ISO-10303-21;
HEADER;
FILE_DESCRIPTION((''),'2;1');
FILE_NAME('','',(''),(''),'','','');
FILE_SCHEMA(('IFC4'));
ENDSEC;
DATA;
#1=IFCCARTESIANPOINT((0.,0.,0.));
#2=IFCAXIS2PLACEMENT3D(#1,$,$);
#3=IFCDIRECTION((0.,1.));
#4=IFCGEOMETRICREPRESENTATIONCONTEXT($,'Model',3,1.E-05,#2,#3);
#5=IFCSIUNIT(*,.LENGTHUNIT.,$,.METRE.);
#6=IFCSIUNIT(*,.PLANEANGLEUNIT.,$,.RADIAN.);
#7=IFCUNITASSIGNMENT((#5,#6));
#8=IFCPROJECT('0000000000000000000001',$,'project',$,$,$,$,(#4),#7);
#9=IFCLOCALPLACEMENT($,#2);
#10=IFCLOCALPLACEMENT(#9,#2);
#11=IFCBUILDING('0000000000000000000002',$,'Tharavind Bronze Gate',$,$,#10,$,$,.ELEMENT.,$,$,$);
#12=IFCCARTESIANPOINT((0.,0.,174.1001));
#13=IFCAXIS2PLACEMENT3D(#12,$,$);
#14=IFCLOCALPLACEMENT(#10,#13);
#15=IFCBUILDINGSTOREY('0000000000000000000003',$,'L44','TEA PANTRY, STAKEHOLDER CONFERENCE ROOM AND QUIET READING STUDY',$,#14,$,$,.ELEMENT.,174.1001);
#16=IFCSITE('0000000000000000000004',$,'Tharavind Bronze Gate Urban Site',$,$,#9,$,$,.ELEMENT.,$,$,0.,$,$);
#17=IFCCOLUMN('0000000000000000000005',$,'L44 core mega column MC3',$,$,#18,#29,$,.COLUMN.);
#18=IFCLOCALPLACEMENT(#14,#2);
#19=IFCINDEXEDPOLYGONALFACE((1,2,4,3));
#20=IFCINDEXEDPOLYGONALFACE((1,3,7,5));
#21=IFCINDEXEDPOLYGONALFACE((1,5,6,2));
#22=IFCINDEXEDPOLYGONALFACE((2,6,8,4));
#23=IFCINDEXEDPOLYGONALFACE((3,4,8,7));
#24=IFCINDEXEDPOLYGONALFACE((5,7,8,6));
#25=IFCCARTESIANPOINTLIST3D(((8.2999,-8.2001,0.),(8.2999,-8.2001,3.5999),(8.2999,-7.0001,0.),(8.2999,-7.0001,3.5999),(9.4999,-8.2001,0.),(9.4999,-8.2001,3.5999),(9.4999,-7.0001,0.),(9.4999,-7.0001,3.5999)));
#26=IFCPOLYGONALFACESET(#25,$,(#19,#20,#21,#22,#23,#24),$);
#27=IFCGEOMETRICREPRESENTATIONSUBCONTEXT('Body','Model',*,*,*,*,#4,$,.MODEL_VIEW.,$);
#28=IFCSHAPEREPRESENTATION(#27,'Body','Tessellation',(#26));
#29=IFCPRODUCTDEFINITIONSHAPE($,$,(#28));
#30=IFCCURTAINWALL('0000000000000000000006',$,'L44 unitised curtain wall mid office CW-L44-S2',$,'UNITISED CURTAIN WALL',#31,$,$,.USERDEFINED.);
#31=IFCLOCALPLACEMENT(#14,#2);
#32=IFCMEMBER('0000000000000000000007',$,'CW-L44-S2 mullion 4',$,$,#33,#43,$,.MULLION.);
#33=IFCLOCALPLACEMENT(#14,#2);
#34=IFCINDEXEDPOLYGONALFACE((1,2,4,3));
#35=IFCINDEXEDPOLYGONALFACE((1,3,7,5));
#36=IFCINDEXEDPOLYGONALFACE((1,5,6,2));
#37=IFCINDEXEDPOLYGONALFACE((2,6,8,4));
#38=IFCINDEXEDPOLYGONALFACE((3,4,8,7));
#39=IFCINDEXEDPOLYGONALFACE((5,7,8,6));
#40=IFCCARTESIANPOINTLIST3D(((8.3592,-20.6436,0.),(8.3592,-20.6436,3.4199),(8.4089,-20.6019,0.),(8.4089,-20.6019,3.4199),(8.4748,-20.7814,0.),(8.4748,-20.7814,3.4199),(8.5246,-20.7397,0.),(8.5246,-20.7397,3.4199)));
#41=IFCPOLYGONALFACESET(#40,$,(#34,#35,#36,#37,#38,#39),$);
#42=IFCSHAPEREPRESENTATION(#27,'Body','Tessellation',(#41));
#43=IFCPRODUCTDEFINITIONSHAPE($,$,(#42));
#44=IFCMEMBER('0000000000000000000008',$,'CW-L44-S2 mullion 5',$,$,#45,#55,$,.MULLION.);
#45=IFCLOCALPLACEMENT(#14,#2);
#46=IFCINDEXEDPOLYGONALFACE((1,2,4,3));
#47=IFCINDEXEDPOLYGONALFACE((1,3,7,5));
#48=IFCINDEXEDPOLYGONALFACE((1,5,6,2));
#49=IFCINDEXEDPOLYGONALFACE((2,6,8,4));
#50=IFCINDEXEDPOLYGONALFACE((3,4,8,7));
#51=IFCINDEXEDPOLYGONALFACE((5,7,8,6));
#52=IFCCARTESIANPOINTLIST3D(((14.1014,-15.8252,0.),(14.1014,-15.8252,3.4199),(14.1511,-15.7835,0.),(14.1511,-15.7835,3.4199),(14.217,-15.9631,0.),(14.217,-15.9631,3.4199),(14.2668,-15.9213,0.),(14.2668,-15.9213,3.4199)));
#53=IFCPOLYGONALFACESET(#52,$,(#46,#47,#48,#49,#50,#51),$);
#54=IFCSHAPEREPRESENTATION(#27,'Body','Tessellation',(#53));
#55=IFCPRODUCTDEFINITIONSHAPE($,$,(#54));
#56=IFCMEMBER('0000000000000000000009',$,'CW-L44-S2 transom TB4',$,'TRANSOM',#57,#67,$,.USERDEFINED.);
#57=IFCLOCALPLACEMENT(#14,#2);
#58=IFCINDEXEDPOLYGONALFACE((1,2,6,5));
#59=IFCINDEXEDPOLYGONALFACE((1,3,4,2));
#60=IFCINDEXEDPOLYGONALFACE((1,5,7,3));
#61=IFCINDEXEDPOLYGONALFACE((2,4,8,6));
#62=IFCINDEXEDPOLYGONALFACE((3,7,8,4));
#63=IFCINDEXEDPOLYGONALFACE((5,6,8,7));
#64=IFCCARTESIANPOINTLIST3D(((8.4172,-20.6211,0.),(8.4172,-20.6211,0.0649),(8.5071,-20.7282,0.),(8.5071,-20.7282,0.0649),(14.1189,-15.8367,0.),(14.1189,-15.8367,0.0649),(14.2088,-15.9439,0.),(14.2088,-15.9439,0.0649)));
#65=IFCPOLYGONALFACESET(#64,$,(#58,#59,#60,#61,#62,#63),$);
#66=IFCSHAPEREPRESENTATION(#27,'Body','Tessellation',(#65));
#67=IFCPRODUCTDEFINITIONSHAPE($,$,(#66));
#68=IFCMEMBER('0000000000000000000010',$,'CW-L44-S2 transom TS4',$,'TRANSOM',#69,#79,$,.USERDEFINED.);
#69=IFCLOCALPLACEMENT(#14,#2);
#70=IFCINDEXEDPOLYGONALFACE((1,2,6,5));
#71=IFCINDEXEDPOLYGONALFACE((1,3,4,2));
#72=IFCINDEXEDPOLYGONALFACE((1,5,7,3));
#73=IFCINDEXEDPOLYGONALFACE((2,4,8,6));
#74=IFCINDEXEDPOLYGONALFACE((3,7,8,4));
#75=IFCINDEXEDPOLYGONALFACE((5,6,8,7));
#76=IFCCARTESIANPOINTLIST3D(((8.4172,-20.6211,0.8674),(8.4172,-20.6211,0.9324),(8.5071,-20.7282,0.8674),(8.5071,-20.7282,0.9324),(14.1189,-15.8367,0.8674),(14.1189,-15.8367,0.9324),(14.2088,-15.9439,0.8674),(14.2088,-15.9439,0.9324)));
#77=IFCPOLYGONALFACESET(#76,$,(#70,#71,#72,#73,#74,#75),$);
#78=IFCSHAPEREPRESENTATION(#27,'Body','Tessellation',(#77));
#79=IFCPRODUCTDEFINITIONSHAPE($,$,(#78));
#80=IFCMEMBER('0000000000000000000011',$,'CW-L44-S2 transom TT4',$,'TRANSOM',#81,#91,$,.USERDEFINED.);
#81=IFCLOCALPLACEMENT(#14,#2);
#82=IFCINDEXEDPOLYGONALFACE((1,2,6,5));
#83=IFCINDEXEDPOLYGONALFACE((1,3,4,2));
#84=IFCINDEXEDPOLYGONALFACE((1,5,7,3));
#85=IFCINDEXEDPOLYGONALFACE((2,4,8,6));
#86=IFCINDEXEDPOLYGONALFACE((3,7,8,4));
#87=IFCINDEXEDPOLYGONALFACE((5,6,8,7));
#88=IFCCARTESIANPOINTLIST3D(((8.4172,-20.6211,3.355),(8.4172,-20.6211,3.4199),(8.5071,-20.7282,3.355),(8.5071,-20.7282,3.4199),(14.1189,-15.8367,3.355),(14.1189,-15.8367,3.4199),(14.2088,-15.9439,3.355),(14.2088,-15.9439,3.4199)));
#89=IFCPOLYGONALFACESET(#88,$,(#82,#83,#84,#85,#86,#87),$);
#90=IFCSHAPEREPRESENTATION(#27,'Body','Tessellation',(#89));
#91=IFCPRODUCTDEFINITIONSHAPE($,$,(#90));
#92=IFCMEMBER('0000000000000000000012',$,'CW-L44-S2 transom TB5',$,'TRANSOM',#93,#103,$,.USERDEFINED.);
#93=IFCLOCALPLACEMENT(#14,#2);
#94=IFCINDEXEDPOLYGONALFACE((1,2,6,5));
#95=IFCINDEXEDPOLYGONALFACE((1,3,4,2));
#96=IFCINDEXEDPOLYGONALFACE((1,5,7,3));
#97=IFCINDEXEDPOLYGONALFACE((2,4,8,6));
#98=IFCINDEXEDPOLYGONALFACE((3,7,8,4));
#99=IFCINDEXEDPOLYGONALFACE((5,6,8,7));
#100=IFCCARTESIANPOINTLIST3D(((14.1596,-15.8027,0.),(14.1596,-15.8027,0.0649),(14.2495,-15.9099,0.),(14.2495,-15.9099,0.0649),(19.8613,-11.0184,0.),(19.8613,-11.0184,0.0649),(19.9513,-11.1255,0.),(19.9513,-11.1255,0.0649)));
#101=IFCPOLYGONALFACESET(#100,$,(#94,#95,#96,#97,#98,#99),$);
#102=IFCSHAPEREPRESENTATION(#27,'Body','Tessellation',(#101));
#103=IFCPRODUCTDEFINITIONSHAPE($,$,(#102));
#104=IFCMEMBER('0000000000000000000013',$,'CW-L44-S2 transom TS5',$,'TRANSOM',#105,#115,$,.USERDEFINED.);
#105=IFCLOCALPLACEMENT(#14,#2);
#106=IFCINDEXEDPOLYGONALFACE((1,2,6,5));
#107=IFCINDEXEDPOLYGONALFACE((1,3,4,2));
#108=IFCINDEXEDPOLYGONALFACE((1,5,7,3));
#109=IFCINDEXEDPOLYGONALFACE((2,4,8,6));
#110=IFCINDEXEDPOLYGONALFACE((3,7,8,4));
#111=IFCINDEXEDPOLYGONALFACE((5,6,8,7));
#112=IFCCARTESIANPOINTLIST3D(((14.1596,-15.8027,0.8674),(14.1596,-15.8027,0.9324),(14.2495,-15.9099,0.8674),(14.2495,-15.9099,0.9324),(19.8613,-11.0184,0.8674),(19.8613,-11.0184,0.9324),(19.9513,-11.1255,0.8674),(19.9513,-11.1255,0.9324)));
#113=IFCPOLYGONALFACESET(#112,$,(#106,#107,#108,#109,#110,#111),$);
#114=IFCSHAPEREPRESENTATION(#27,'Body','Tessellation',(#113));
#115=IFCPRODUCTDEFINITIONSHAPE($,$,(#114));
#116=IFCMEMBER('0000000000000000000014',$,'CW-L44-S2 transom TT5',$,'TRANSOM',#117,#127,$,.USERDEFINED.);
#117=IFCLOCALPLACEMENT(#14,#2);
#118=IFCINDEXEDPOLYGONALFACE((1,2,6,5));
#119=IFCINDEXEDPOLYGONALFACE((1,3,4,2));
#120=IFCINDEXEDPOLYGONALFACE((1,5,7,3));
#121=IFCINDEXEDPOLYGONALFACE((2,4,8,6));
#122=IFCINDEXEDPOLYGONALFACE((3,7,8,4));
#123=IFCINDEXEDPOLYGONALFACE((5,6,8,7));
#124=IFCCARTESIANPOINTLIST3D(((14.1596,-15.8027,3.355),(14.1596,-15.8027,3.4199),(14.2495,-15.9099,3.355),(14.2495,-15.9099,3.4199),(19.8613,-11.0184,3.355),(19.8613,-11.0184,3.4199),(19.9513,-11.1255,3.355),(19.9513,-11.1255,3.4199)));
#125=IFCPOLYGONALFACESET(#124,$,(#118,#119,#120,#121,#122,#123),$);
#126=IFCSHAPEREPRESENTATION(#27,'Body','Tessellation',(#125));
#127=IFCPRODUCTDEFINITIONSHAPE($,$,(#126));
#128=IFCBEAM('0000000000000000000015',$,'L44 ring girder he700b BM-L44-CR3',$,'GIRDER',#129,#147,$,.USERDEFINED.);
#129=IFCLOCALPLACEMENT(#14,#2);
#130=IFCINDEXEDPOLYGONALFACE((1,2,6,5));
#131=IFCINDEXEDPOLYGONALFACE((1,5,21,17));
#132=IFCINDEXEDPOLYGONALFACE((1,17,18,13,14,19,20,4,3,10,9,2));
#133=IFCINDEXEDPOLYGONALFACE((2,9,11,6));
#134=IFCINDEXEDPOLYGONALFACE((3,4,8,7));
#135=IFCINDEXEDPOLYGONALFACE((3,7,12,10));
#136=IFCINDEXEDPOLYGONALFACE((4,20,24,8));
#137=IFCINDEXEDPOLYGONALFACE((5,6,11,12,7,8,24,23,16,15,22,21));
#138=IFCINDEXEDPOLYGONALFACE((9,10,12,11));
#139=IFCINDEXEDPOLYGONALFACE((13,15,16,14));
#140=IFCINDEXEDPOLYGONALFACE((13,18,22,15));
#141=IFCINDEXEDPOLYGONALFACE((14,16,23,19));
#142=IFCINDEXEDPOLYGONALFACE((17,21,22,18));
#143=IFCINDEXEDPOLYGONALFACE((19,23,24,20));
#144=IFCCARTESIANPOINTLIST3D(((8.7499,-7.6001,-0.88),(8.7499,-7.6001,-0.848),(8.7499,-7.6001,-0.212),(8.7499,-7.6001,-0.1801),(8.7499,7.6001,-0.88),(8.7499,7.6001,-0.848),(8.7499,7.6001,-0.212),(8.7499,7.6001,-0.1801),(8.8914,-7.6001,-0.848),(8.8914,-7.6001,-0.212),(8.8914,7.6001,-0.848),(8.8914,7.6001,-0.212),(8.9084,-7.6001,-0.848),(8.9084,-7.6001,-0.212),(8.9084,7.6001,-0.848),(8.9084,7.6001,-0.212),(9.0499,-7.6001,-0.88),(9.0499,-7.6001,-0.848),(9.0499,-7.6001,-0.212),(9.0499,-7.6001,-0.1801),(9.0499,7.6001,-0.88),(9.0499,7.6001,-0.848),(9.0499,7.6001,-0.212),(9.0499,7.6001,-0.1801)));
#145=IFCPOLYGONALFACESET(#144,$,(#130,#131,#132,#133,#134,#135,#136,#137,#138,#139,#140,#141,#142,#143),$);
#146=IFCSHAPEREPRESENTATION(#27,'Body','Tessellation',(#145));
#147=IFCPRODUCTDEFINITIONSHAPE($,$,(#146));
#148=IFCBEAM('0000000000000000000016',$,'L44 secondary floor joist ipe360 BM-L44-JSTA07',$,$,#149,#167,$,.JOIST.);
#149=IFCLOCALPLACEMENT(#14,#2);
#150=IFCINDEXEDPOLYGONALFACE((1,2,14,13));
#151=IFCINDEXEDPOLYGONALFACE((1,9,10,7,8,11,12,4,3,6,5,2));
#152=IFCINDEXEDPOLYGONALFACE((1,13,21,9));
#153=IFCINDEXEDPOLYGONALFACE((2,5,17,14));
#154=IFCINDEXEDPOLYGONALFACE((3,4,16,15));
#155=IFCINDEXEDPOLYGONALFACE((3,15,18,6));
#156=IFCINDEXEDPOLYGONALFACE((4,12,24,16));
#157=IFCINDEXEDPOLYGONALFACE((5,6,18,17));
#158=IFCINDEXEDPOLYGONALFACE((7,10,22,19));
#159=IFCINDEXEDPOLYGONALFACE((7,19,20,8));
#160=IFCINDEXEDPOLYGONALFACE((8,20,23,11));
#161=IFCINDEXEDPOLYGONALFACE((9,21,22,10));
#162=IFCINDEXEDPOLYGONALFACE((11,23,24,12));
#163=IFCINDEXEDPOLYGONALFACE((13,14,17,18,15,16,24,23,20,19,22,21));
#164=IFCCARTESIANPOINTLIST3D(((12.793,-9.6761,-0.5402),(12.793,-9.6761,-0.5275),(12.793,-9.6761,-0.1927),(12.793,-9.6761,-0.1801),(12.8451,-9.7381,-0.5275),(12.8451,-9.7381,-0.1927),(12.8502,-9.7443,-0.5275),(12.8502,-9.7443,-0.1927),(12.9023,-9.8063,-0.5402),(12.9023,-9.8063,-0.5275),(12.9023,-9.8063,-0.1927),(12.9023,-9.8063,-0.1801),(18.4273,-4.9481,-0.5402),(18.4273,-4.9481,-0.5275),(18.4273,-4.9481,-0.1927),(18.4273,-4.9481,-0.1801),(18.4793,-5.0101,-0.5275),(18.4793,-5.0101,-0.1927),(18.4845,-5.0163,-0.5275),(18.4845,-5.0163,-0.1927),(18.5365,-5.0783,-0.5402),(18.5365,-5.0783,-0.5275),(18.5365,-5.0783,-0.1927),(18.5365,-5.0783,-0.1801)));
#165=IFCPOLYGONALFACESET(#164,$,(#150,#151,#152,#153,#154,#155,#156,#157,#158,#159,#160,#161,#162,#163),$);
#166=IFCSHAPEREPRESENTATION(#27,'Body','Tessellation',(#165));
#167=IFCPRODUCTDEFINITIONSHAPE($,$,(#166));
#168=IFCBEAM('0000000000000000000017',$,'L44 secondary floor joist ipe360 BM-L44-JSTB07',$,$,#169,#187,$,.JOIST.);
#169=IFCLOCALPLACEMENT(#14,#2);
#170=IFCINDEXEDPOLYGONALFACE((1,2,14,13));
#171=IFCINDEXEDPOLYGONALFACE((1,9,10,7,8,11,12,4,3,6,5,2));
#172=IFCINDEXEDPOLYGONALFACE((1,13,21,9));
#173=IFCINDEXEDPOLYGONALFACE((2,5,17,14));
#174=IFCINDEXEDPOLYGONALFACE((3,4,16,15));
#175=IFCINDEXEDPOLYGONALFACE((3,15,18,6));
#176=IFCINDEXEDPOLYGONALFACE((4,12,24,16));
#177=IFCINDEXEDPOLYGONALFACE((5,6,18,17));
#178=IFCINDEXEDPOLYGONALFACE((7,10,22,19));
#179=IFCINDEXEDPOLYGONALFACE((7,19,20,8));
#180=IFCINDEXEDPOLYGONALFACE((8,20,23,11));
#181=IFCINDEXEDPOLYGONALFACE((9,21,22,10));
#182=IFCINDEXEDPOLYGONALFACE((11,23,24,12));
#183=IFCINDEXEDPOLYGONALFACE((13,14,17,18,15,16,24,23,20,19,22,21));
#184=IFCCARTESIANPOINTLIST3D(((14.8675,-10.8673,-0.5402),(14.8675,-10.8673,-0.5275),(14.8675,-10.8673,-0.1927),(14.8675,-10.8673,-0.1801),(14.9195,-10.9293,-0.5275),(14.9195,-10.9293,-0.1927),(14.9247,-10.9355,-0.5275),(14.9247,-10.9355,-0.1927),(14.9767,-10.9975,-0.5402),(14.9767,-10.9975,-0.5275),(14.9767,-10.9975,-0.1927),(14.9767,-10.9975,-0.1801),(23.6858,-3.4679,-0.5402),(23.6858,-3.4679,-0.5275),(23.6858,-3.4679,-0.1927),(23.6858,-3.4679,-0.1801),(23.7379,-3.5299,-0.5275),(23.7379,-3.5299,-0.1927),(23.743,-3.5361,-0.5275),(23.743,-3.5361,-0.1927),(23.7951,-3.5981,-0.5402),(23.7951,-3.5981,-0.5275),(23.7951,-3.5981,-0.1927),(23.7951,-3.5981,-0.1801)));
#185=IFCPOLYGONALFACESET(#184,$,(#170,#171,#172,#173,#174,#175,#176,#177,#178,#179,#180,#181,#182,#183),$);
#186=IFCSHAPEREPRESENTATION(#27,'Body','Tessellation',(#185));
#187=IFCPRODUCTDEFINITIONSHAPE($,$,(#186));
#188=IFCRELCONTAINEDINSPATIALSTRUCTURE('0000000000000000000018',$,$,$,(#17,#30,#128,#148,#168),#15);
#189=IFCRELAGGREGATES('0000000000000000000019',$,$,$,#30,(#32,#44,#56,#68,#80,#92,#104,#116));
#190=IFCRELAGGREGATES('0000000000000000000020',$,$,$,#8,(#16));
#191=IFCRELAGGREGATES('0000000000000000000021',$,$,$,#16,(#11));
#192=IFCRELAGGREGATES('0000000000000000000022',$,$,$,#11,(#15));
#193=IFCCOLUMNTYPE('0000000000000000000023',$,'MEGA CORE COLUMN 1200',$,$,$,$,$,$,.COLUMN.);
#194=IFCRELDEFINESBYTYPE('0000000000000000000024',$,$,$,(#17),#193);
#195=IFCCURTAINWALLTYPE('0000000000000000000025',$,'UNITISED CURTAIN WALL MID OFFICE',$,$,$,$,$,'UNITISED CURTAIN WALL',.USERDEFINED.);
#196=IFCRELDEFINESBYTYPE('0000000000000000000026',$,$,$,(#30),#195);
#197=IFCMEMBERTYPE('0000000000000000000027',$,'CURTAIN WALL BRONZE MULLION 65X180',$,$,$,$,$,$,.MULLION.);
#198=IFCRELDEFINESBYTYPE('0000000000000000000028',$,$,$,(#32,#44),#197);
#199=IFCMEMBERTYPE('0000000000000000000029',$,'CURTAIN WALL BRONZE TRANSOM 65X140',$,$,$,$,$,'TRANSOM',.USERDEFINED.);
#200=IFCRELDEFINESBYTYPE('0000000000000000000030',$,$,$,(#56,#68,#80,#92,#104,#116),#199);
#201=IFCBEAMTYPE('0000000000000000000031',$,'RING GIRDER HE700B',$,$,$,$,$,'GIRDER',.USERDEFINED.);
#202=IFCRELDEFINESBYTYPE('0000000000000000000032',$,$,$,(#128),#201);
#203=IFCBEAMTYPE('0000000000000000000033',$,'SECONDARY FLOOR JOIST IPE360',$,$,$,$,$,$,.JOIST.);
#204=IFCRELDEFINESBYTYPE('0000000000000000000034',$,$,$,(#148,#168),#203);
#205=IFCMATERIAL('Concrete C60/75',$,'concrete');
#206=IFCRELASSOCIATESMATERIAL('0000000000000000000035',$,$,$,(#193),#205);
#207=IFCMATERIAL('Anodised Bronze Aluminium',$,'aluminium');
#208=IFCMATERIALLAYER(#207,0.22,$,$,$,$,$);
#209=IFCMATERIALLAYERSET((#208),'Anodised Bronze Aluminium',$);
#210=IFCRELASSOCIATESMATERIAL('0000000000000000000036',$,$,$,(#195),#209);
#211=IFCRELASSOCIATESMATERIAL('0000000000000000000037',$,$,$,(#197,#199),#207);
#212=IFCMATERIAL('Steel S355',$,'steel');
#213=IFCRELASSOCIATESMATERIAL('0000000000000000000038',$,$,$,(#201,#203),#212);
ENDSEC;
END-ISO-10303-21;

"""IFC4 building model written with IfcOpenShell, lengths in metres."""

from ifc_helpers import new_model, si_unit, direction, frame, origin, origin_2d, place, context, subcontext, project, spatial, rectangle, i_section, extrude, material, layer, layer_set, material_profile, profile_set, type_object, element, aggregate, save


model = new_model("IFC4")

# Units and contexts
model_context = context("Model", 3, precision=1e-05, world=origin(), true_north=direction((0.0, 1.0)))
body_context = subcontext(model_context, "Body", "Model", "MODEL_VIEW")
ifc_project = project(units=[si_unit("LENGTHUNIT", "METRE"), si_unit("PLANEANGLEUNIT", "RADIAN")], contexts=[model_context])

# Site, building, storey
site_placement = place(None, origin())
site = spatial("IfcSite", under=ifc_project, at=site_placement, Name="Tharavind Bronze Gate Urban Site", CompositionType="ELEMENT", RefElevation=0.0)
building_placement = place(site_placement, origin())
building = spatial("IfcBuilding", under=site, at=building_placement, Name="Tharavind Bronze Gate", CompositionType="ELEMENT")
storey_placement = place(building_placement, frame((0.0, 0.0, 174.1001)))
storey = spatial("IfcBuildingStorey", under=building, at=storey_placement, Name="L44", Description="TEA PANTRY, STAKEHOLDER CONFERENCE ROOM AND QUIET READING STUDY", CompositionType="ELEMENT", Elevation=174.1001)

# Column
ifc_material_1 = material(Name="Concrete C60/75", Category="concrete")
ifc_material_profile_1 = material_profile(ifc_material_1, rectangle(XDim=1.2, YDim=1.2, at=origin_2d()), Name="RCCOL1200")
ifc_profile_set_1 = profile_set([ifc_material_profile_1], Name="Concrete C60/75")
column_type = type_object("IfcColumnType", Name="MEGA CORE COLUMN 1200", PredefinedType="COLUMN", material=ifc_profile_set_1)
column_placement = place(storey_placement, frame((8.8999, -7.6001, 0.0), z_axis=(0.0, 0.0, 1.0), x_axis=(1.0, 0.0, 0.0)))
element("IfcColumn", 1, at=column_placement, inside=storey, type_object=column_type, Name="L44 core mega column MC3", PredefinedType="COLUMN", context=body_context, shape_type="SweptSolid", body=[
    extrude(rectangle(XDim=1.2, YDim=1.2, at=origin_2d()), origin(), (0.0, 0.0, 1.0), 3.5999),
])

# Curtain wall, members
ifc_material_2 = material(Name="Anodised Bronze Aluminium", Category="aluminium")
ifc_layer_1 = layer(ifc_material_2, 0.22)
ifc_layer_set_1 = layer_set([ifc_layer_1], Name="Anodised Bronze Aluminium")
curtain_wall_type = type_object("IfcCurtainWallType", Name="UNITISED CURTAIN WALL MID OFFICE", ElementType="UNITISED CURTAIN WALL", PredefinedType="USERDEFINED", material=ifc_layer_set_1)
curtain_wall_placement = place(storey_placement, origin())
curtain_wall = element("IfcCurtainWall", 2, at=curtain_wall_placement, inside=storey, type_object=curtain_wall_type, Name="L44 unitised curtain wall mid office CW-L44-S2", ObjectType="UNITISED CURTAIN WALL", PredefinedType="USERDEFINED")
member_type_1 = type_object("IfcMemberType", Name="CURTAIN WALL BRONZE MULLION 65X180", PredefinedType="MULLION", material=ifc_material_2)
member_1_placement = place(storey_placement, frame((8.4419, -20.6917, 0.0), z_axis=(0.0, 0.0, 1.0), x_axis=(0.766043, 0.642789, 0.0)))
member_1 = element("IfcMember", 3, at=member_1_placement, type_object=member_type_1, Name="CW-L44-S2 mullion 4", PredefinedType="MULLION", context=body_context, shape_type="SweptSolid", body=[
    extrude(rectangle(XDim=0.0649, YDim=0.1799, at=origin_2d()), origin(), (0.0, 0.0, 1.0), 3.4199),
])
member_2_placement = place(storey_placement, frame((14.1841, -15.8733, 0.0), z_axis=(0.0, 0.0, 1.0), x_axis=(0.766043, 0.642789, 0.0)))
member_2 = element("IfcMember", 4, at=member_2_placement, type_object=member_type_1, Name="CW-L44-S2 mullion 5", PredefinedType="MULLION", context=body_context, shape_type="SweptSolid", body=[
    extrude(rectangle(XDim=0.0649, YDim=0.1799, at=origin_2d()), origin(), (0.0, 0.0, 1.0), 3.4199),
])
member_type_2 = type_object("IfcMemberType", Name="CURTAIN WALL BRONZE TRANSOM 65X140", ElementType="TRANSOM", PredefinedType="USERDEFINED", material=ifc_material_2)
member_3_placement = place(storey_placement, frame((11.313, -18.2825, 0.0), z_axis=(0.0, 0.0, 1.0), x_axis=(0.766043, 0.642789, 0.0)))
member_3 = element("IfcMember", 5, at=member_3_placement, type_object=member_type_2, Name="CW-L44-S2 transom TB4", ObjectType="TRANSOM", PredefinedType="USERDEFINED", context=body_context, shape_type="SweptSolid", body=[
    extrude(rectangle(XDim=7.4431, YDim=0.1399, at=origin_2d()), origin(), (0.0, 0.0, 1.0), 0.0649),
])
member_4_placement = place(storey_placement, frame((11.313, -18.2825, 0.8674), z_axis=(0.0, 0.0, 1.0), x_axis=(0.766043, 0.642789, 0.0)))
member_4 = element("IfcMember", 6, at=member_4_placement, type_object=member_type_2, Name="CW-L44-S2 transom TS4", ObjectType="TRANSOM", PredefinedType="USERDEFINED", context=body_context, shape_type="SweptSolid", body=[
    extrude(rectangle(XDim=7.4431, YDim=0.1399, at=origin_2d()), origin(), (0.0, 0.0, 1.0), 0.0649),
])
member_5_placement = place(storey_placement, frame((11.313, -18.2825, 3.355), z_axis=(0.0, 0.0, 1.0), x_axis=(0.766043, 0.642789, 0.0)))
member_5 = element("IfcMember", 7, at=member_5_placement, type_object=member_type_2, Name="CW-L44-S2 transom TT4", ObjectType="TRANSOM", PredefinedType="USERDEFINED", context=body_context, shape_type="SweptSolid", body=[
    extrude(rectangle(XDim=7.4431, YDim=0.1399, at=origin_2d()), origin(), (0.0, 0.0, 1.0), 0.0649),
])
member_6_placement = place(storey_placement, frame((17.0554, -13.4641, 0.0), z_axis=(0.0, 0.0, 1.0), x_axis=(0.766043, 0.642789, 0.0)))
member_6 = element("IfcMember", 8, at=member_6_placement, type_object=member_type_2, Name="CW-L44-S2 transom TB5", ObjectType="TRANSOM", PredefinedType="USERDEFINED", context=body_context, shape_type="SweptSolid", body=[
    extrude(rectangle(XDim=7.4431, YDim=0.1399, at=origin_2d()), origin(), (0.0, 0.0, 1.0), 0.0649),
])
member_7_placement = place(storey_placement, frame((17.0554, -13.4641, 0.8674), z_axis=(0.0, 0.0, 1.0), x_axis=(0.766043, 0.642789, 0.0)))
member_7 = element("IfcMember", 9, at=member_7_placement, type_object=member_type_2, Name="CW-L44-S2 transom TS5", ObjectType="TRANSOM", PredefinedType="USERDEFINED", context=body_context, shape_type="SweptSolid", body=[
    extrude(rectangle(XDim=7.4431, YDim=0.1399, at=origin_2d()), origin(), (0.0, 0.0, 1.0), 0.0649),
])
member_8_placement = place(storey_placement, frame((17.0554, -13.4641, 3.355), z_axis=(0.0, 0.0, 1.0), x_axis=(0.766043, 0.642789, 0.0)))
member_8 = element("IfcMember", 10, at=member_8_placement, type_object=member_type_2, Name="CW-L44-S2 transom TT5", ObjectType="TRANSOM", PredefinedType="USERDEFINED", context=body_context, shape_type="SweptSolid", body=[
    extrude(rectangle(XDim=7.4431, YDim=0.1399, at=origin_2d()), origin(), (0.0, 0.0, 1.0), 0.0649),
])

# Beams
ifc_material_3 = material(Name="Steel S355", Category="steel")
ifc_material_profile_2 = material_profile(ifc_material_3, i_section(OverallWidth=0.3, OverallDepth=0.7, WebThickness=0.0171, FlangeThickness=0.032, at=origin_2d()), Name="HE700B")
ifc_profile_set_2 = profile_set([ifc_material_profile_2], Name="Steel S355")
beam_type_1 = type_object("IfcBeamType", Name="RING GIRDER HE700B", ElementType="GIRDER", PredefinedType="USERDEFINED", material=ifc_profile_set_2)
beam_1_placement = place(storey_placement, frame((8.8999, -7.6001, -0.53), z_axis=(0.0, 1.0, 0.0), x_axis=(-1.0, 0.0, 0.0)))
element("IfcBeam", 11, at=beam_1_placement, inside=storey, type_object=beam_type_1, Name="L44 ring girder he700b BM-L44-CR3", ObjectType="GIRDER", PredefinedType="USERDEFINED", context=body_context, shape_type="SweptSolid", body=[
    extrude(i_section(OverallWidth=0.3, OverallDepth=0.7, WebThickness=0.0171, FlangeThickness=0.032, at=origin_2d()), origin(), (0.0, 0.0, 1.0), 15.2002),
])
ifc_material_profile_3 = material_profile(ifc_material_3, i_section(OverallWidth=0.1699, OverallDepth=0.3601, WebThickness=0.0081, FlangeThickness=0.0127, at=origin_2d()), Name="IPE360")
ifc_profile_set_3 = profile_set([ifc_material_profile_3], Name="Steel S355")
beam_type_2 = type_object("IfcBeamType", Name="SECONDARY FLOOR JOIST IPE360", PredefinedType="JOIST", material=ifc_profile_set_3)
beam_2_placement = place(storey_placement, frame((12.8477, -9.7412, -0.3601), z_axis=(0.766024, 0.642812, 0.0), x_axis=(-0.642812, 0.766024, 0.0)))
element("IfcBeam", 12, at=beam_2_placement, inside=storey, type_object=beam_type_2, Name="L44 secondary floor joist ipe360 BM-L44-JSTA07", PredefinedType="JOIST", context=body_context, shape_type="SweptSolid", body=[
    extrude(i_section(OverallWidth=0.1699, OverallDepth=0.3601, WebThickness=0.0081, FlangeThickness=0.0127, at=origin_2d()), origin(), (0.0, 0.0, 1.0), 7.3552),
])
beam_3_placement = place(storey_placement, frame((14.9221, -10.9324, -0.3601), z_axis=(0.766047, 0.642784, 0.0), x_axis=(-0.642784, 0.766047, 0.0)))
element("IfcBeam", 13, at=beam_3_placement, inside=storey, type_object=beam_type_2, Name="L44 secondary floor joist ipe360 BM-L44-JSTB07", PredefinedType="JOIST", context=body_context, shape_type="SweptSolid", body=[
    extrude(i_section(OverallWidth=0.1699, OverallDepth=0.3601, WebThickness=0.0081, FlangeThickness=0.0127, at=origin_2d()), origin(), (0.0, 0.0, 1.0), 11.5115),
])

aggregate(curtain_wall, [member_1, member_2, member_3, member_4, member_5, member_6, member_7, member_8])

save(model, "model.ifc")
